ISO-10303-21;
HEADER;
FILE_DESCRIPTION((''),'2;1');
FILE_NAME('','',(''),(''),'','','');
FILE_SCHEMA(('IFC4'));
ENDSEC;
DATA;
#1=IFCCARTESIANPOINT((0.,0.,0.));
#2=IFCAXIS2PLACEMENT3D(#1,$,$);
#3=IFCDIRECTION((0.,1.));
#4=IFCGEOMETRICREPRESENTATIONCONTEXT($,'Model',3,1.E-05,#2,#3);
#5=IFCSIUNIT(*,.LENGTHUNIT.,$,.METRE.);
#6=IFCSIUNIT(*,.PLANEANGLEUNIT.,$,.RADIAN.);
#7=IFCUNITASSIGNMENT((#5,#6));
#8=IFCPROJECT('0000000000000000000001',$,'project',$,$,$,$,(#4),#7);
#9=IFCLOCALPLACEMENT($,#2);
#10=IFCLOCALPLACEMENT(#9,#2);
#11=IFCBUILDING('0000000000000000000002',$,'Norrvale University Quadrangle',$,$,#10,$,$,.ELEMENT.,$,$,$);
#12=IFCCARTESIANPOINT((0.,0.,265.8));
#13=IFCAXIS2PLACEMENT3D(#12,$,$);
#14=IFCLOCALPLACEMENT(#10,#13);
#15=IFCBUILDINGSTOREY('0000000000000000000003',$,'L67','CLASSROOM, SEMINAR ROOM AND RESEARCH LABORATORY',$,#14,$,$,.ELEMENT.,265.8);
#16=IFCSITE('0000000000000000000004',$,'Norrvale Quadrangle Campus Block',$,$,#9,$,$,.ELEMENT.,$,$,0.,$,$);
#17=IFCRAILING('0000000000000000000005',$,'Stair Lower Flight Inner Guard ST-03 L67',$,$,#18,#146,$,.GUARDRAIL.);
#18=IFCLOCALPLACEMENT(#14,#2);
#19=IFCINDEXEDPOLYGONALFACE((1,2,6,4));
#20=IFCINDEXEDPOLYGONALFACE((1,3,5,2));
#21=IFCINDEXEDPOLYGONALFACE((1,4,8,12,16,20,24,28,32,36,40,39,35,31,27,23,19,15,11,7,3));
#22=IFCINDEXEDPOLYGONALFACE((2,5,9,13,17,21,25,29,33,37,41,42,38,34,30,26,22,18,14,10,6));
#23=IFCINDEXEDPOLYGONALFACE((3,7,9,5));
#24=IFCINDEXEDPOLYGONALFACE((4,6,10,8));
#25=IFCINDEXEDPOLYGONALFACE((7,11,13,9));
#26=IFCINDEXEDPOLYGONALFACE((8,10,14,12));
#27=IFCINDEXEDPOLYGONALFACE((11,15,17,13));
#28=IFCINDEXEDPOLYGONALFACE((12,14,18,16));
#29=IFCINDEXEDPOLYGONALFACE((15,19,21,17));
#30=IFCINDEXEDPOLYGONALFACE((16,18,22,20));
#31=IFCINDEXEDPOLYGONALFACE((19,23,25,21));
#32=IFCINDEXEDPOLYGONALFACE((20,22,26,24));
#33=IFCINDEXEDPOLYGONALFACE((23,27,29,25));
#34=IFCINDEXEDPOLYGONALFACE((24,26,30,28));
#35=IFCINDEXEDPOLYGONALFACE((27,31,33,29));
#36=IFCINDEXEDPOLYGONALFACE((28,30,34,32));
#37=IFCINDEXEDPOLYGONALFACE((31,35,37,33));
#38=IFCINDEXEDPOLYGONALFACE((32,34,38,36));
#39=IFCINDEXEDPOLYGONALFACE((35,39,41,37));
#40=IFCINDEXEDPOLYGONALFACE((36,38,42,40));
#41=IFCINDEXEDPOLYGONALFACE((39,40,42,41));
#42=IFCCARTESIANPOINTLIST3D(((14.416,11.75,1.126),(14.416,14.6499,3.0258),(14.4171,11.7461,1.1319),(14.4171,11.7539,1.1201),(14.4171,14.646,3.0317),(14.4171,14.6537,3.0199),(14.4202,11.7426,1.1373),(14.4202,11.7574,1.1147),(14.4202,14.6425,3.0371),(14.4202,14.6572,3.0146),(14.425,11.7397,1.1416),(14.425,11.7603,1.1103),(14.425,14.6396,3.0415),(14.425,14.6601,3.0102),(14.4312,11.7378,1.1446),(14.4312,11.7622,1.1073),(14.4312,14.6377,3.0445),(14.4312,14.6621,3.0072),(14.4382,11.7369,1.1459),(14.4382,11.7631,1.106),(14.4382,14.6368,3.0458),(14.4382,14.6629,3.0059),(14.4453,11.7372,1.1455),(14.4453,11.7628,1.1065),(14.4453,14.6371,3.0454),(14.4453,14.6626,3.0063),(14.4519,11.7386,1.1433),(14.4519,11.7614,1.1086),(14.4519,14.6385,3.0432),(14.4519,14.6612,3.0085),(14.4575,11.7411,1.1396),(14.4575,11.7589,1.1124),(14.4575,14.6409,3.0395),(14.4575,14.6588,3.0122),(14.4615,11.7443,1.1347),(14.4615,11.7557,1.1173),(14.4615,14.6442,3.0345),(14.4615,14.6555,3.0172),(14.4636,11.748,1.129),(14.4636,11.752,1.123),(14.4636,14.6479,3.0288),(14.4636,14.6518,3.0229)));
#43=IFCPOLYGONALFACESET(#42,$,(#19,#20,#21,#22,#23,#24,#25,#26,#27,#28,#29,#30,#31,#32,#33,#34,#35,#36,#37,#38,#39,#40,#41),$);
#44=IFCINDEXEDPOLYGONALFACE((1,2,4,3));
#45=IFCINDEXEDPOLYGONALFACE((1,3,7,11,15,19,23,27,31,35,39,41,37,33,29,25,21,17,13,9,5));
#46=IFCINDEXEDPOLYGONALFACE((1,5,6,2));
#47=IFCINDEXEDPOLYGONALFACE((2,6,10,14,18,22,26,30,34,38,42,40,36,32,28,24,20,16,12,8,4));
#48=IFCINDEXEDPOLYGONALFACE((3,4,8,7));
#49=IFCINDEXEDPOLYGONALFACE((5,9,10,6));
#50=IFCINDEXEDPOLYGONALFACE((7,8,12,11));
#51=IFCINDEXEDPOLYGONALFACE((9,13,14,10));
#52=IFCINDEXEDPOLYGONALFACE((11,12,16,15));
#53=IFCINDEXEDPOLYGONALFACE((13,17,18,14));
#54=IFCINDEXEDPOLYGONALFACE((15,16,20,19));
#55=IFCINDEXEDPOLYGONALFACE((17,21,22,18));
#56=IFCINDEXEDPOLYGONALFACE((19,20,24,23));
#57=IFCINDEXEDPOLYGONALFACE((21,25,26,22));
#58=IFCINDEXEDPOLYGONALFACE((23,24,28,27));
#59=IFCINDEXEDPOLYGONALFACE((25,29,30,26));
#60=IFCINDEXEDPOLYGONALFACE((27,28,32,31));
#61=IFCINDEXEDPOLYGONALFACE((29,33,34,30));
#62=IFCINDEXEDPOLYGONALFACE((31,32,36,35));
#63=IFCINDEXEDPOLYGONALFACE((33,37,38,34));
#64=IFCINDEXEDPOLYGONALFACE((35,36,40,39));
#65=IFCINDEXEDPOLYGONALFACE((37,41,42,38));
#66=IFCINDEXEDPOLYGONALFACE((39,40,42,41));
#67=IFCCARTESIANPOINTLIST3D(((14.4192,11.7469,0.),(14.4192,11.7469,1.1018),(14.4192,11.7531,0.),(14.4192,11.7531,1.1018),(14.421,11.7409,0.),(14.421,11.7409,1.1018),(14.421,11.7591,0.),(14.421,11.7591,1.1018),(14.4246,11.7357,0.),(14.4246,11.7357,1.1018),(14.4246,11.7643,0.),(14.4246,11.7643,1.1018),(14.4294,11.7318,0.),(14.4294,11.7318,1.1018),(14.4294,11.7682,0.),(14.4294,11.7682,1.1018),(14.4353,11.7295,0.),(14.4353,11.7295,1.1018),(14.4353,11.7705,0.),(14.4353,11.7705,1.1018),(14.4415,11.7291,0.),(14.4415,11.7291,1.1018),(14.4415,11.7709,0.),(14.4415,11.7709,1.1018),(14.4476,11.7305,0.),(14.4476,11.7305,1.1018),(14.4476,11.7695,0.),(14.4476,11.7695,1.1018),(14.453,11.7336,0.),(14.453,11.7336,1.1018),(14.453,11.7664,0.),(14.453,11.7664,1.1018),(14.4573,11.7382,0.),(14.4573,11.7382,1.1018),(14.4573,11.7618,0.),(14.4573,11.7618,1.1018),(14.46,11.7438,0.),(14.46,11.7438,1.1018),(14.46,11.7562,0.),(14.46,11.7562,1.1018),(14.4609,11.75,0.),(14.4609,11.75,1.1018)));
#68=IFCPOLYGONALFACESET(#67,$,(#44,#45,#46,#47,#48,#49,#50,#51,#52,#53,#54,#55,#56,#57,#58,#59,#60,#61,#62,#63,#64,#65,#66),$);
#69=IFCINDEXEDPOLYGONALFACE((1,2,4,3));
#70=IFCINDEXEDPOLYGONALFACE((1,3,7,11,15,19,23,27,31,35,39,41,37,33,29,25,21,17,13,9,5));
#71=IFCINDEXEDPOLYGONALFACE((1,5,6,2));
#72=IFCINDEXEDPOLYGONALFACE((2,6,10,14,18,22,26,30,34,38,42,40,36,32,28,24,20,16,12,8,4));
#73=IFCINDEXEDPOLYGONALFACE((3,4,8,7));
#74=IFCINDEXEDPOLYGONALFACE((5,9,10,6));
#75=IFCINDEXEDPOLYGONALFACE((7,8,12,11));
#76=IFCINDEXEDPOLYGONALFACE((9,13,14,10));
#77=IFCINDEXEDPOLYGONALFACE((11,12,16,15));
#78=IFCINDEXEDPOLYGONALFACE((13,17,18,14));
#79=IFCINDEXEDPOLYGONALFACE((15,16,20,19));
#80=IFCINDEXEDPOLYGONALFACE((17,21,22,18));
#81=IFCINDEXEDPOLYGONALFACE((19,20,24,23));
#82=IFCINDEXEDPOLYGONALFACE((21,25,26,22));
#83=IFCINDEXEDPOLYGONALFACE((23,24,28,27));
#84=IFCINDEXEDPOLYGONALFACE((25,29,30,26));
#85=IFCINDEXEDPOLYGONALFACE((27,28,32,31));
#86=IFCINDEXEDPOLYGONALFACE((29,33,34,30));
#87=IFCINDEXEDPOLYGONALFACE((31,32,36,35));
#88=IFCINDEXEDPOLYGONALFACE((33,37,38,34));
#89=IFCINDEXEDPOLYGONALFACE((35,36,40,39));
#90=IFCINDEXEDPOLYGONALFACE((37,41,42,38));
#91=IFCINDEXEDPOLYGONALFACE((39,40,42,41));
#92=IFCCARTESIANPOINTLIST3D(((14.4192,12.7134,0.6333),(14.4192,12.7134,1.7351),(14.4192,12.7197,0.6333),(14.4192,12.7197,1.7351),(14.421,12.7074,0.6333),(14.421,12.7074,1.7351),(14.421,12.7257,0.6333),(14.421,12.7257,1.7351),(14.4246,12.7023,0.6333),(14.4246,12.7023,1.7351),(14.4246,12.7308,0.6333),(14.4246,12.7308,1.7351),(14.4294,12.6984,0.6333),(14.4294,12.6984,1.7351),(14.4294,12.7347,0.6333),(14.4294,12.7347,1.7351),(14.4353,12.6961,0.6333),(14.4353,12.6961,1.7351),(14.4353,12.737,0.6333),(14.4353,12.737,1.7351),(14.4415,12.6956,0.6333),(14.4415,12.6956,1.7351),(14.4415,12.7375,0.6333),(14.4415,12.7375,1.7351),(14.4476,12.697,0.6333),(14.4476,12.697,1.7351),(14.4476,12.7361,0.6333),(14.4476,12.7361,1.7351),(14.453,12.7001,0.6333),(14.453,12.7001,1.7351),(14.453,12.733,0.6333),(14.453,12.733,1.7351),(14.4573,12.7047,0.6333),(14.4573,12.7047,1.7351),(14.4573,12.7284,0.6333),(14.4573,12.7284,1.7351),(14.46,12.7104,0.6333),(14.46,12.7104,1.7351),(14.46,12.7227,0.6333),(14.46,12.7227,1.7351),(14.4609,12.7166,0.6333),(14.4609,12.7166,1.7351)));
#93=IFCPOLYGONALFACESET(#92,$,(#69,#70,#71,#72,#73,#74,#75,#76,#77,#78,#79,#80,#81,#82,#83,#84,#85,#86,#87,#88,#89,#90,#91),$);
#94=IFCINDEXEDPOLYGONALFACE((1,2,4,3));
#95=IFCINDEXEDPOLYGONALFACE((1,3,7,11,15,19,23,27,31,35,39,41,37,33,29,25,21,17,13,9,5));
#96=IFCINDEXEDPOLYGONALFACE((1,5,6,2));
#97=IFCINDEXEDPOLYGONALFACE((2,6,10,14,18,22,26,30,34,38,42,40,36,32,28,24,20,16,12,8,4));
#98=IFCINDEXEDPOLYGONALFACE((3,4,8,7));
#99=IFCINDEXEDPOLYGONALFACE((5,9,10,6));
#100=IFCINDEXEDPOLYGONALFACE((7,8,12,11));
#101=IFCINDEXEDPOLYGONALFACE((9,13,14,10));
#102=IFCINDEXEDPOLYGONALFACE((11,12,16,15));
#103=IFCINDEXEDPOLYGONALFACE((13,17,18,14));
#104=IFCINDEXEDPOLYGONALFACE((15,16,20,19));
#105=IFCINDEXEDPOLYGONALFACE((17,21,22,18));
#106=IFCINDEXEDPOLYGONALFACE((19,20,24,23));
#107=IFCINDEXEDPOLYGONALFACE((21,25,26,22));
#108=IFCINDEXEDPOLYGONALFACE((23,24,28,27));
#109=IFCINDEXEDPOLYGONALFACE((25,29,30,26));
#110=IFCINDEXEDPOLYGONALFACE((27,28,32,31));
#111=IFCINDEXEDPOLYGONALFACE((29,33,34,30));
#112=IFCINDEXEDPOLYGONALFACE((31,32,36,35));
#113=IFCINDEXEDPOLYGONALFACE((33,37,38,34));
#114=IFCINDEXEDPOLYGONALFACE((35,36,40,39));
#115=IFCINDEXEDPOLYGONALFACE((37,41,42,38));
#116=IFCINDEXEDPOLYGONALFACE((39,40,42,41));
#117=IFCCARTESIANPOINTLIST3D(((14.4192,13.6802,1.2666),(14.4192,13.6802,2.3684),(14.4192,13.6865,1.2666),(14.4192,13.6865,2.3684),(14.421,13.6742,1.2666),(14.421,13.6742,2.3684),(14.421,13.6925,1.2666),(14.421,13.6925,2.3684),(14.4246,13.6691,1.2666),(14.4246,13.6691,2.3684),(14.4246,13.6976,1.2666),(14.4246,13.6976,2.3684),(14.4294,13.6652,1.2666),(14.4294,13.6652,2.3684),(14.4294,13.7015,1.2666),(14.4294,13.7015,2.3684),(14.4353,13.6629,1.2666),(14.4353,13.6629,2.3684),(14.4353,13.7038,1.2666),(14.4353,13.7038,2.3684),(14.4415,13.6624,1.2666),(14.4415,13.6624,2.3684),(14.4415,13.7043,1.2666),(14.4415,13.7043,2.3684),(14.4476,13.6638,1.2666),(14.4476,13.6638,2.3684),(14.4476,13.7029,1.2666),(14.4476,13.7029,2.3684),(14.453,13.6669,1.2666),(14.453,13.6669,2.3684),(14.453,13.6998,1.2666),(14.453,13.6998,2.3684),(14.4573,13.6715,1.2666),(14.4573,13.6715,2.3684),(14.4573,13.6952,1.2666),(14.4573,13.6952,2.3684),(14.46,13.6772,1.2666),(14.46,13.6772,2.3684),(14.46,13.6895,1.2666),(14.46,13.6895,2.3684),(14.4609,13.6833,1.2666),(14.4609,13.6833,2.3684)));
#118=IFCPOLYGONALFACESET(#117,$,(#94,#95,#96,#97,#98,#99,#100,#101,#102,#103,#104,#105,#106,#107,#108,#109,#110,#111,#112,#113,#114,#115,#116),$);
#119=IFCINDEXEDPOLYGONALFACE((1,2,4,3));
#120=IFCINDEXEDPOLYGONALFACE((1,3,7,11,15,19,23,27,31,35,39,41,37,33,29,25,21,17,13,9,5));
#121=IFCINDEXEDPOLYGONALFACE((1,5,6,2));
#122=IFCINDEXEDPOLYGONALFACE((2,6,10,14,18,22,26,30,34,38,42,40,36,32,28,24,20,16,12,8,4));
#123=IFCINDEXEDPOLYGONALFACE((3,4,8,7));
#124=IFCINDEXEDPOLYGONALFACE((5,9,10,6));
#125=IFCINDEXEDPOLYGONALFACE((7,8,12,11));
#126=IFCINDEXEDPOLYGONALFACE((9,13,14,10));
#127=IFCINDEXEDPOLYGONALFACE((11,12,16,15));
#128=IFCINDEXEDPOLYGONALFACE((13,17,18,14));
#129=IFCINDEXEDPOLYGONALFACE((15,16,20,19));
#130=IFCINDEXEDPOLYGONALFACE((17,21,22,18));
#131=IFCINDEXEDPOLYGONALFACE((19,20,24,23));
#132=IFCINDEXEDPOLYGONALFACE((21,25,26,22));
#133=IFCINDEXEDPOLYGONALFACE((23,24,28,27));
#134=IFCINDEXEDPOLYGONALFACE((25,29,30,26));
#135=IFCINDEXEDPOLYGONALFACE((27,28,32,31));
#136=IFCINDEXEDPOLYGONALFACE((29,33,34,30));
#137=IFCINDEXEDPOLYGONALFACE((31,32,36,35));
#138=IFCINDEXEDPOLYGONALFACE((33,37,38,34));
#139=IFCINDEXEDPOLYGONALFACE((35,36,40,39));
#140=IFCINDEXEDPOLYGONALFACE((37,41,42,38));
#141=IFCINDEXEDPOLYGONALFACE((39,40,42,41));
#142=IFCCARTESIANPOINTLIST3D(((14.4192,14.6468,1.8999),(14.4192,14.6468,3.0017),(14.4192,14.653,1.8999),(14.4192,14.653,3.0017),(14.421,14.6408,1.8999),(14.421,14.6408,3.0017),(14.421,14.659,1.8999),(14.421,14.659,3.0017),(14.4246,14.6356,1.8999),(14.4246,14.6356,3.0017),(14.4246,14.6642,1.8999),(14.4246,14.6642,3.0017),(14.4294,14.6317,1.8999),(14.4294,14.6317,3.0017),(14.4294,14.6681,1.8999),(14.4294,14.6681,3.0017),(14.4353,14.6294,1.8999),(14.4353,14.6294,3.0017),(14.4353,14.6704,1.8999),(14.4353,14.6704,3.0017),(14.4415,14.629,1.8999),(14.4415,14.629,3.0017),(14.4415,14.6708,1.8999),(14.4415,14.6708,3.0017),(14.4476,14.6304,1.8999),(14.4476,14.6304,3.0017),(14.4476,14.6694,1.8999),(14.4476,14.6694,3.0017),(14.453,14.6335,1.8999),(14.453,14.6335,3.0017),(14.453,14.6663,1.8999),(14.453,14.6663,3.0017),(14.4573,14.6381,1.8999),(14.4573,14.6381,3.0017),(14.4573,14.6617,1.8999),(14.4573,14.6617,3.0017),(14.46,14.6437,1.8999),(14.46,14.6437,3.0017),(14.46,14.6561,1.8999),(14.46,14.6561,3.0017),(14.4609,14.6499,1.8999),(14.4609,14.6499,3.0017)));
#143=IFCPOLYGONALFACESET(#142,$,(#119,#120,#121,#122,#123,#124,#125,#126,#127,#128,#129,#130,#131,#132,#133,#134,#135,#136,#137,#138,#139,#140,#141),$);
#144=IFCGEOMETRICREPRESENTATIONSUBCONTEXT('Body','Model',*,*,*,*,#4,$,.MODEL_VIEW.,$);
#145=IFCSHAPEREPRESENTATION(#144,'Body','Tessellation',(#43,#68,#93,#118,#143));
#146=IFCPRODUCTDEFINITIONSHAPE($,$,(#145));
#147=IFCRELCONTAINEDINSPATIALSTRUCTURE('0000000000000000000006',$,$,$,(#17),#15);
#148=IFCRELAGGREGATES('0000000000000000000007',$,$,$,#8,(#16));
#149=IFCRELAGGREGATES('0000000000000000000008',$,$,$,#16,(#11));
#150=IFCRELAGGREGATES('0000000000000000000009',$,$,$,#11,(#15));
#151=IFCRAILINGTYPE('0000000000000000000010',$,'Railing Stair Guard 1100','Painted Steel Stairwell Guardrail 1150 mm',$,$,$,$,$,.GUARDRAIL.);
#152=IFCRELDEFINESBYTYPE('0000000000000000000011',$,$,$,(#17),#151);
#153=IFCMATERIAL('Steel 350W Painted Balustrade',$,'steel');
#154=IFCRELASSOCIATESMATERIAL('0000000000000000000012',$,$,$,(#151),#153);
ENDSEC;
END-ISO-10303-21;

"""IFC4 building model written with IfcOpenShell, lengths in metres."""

from ifc_helpers import new_model, si_unit, direction, frame, origin, origin_2d, place, context, subcontext, project, spatial, circle, extrude, material, type_object, element, save


model = new_model("IFC4")

# Units and contexts
model_context = context("Model", 3, precision=1e-05, world=origin(), true_north=direction((0.0, 1.0)))
body_context = subcontext(model_context, "Body", "Model", "MODEL_VIEW")
ifc_project = project(units=[si_unit("LENGTHUNIT", "METRE"), si_unit("PLANEANGLEUNIT", "RADIAN")], contexts=[model_context])

# Site, building, storey
site_placement = place(None, origin())
site = spatial("IfcSite", under=ifc_project, at=site_placement, Name="Norrvale Quadrangle Campus Block", CompositionType="ELEMENT", RefElevation=0.0)
building_placement = place(site_placement, origin())
building = spatial("IfcBuilding", under=site, at=building_placement, Name="Norrvale University Quadrangle", CompositionType="ELEMENT")
storey_placement = place(building_placement, frame((0.0, 0.0, 265.8)))
storey = spatial("IfcBuildingStorey", under=building, at=storey_placement, Name="L67", Description="CLASSROOM, SEMINAR ROOM AND RESEARCH LABORATORY", CompositionType="ELEMENT", Elevation=265.8)

# Railing
ifc_material_1 = material(Name="Steel 350W Painted Balustrade", Category="steel")
railing_type_1 = type_object("IfcRailingType", Name="Railing Stair Guard 1100", Description="Painted Steel Stairwell Guardrail 1150 mm", PredefinedType="GUARDRAIL", material=ifc_material_1)
railing_1_placement = place(storey_placement, frame((14.4399, 11.75, 0.0)))
element("IfcRailing", 1, at=railing_1_placement, inside=storey, type_object=railing_type_1, Name="Stair Lower Flight Inner Guard ST-03 L67", PredefinedType="GUARDRAIL", context=body_context, shape_type="SweptSolid", body=[
    extrude(circle(Radius=0.0239, at=origin_2d()), frame((0.0, 0.0, 1.126), z_axis=(0.0, 0.836466, 0.548019), x_axis=(-1.0, 0.0, 0.0)), (0.0, 0.0, 1.0), 3.4668),
    extrude(circle(Radius=0.021, at=origin_2d()), origin(), (0.0, 0.0, 1.0), 1.1018),
    extrude(circle(Radius=0.021, at=origin_2d()), frame((0.0, 0.9666, 0.6333)), (0.0, 0.0, 1.0), 1.1018),
    extrude(circle(Radius=0.021, at=origin_2d()), frame((0.0, 1.9333, 1.2666)), (0.0, 0.0, 1.0), 1.1018),
    extrude(circle(Radius=0.021, at=origin_2d()), frame((0.0, 2.8999, 1.8999)), (0.0, 0.0, 1.0), 1.1018),
])

save(model, "model.ifc")
